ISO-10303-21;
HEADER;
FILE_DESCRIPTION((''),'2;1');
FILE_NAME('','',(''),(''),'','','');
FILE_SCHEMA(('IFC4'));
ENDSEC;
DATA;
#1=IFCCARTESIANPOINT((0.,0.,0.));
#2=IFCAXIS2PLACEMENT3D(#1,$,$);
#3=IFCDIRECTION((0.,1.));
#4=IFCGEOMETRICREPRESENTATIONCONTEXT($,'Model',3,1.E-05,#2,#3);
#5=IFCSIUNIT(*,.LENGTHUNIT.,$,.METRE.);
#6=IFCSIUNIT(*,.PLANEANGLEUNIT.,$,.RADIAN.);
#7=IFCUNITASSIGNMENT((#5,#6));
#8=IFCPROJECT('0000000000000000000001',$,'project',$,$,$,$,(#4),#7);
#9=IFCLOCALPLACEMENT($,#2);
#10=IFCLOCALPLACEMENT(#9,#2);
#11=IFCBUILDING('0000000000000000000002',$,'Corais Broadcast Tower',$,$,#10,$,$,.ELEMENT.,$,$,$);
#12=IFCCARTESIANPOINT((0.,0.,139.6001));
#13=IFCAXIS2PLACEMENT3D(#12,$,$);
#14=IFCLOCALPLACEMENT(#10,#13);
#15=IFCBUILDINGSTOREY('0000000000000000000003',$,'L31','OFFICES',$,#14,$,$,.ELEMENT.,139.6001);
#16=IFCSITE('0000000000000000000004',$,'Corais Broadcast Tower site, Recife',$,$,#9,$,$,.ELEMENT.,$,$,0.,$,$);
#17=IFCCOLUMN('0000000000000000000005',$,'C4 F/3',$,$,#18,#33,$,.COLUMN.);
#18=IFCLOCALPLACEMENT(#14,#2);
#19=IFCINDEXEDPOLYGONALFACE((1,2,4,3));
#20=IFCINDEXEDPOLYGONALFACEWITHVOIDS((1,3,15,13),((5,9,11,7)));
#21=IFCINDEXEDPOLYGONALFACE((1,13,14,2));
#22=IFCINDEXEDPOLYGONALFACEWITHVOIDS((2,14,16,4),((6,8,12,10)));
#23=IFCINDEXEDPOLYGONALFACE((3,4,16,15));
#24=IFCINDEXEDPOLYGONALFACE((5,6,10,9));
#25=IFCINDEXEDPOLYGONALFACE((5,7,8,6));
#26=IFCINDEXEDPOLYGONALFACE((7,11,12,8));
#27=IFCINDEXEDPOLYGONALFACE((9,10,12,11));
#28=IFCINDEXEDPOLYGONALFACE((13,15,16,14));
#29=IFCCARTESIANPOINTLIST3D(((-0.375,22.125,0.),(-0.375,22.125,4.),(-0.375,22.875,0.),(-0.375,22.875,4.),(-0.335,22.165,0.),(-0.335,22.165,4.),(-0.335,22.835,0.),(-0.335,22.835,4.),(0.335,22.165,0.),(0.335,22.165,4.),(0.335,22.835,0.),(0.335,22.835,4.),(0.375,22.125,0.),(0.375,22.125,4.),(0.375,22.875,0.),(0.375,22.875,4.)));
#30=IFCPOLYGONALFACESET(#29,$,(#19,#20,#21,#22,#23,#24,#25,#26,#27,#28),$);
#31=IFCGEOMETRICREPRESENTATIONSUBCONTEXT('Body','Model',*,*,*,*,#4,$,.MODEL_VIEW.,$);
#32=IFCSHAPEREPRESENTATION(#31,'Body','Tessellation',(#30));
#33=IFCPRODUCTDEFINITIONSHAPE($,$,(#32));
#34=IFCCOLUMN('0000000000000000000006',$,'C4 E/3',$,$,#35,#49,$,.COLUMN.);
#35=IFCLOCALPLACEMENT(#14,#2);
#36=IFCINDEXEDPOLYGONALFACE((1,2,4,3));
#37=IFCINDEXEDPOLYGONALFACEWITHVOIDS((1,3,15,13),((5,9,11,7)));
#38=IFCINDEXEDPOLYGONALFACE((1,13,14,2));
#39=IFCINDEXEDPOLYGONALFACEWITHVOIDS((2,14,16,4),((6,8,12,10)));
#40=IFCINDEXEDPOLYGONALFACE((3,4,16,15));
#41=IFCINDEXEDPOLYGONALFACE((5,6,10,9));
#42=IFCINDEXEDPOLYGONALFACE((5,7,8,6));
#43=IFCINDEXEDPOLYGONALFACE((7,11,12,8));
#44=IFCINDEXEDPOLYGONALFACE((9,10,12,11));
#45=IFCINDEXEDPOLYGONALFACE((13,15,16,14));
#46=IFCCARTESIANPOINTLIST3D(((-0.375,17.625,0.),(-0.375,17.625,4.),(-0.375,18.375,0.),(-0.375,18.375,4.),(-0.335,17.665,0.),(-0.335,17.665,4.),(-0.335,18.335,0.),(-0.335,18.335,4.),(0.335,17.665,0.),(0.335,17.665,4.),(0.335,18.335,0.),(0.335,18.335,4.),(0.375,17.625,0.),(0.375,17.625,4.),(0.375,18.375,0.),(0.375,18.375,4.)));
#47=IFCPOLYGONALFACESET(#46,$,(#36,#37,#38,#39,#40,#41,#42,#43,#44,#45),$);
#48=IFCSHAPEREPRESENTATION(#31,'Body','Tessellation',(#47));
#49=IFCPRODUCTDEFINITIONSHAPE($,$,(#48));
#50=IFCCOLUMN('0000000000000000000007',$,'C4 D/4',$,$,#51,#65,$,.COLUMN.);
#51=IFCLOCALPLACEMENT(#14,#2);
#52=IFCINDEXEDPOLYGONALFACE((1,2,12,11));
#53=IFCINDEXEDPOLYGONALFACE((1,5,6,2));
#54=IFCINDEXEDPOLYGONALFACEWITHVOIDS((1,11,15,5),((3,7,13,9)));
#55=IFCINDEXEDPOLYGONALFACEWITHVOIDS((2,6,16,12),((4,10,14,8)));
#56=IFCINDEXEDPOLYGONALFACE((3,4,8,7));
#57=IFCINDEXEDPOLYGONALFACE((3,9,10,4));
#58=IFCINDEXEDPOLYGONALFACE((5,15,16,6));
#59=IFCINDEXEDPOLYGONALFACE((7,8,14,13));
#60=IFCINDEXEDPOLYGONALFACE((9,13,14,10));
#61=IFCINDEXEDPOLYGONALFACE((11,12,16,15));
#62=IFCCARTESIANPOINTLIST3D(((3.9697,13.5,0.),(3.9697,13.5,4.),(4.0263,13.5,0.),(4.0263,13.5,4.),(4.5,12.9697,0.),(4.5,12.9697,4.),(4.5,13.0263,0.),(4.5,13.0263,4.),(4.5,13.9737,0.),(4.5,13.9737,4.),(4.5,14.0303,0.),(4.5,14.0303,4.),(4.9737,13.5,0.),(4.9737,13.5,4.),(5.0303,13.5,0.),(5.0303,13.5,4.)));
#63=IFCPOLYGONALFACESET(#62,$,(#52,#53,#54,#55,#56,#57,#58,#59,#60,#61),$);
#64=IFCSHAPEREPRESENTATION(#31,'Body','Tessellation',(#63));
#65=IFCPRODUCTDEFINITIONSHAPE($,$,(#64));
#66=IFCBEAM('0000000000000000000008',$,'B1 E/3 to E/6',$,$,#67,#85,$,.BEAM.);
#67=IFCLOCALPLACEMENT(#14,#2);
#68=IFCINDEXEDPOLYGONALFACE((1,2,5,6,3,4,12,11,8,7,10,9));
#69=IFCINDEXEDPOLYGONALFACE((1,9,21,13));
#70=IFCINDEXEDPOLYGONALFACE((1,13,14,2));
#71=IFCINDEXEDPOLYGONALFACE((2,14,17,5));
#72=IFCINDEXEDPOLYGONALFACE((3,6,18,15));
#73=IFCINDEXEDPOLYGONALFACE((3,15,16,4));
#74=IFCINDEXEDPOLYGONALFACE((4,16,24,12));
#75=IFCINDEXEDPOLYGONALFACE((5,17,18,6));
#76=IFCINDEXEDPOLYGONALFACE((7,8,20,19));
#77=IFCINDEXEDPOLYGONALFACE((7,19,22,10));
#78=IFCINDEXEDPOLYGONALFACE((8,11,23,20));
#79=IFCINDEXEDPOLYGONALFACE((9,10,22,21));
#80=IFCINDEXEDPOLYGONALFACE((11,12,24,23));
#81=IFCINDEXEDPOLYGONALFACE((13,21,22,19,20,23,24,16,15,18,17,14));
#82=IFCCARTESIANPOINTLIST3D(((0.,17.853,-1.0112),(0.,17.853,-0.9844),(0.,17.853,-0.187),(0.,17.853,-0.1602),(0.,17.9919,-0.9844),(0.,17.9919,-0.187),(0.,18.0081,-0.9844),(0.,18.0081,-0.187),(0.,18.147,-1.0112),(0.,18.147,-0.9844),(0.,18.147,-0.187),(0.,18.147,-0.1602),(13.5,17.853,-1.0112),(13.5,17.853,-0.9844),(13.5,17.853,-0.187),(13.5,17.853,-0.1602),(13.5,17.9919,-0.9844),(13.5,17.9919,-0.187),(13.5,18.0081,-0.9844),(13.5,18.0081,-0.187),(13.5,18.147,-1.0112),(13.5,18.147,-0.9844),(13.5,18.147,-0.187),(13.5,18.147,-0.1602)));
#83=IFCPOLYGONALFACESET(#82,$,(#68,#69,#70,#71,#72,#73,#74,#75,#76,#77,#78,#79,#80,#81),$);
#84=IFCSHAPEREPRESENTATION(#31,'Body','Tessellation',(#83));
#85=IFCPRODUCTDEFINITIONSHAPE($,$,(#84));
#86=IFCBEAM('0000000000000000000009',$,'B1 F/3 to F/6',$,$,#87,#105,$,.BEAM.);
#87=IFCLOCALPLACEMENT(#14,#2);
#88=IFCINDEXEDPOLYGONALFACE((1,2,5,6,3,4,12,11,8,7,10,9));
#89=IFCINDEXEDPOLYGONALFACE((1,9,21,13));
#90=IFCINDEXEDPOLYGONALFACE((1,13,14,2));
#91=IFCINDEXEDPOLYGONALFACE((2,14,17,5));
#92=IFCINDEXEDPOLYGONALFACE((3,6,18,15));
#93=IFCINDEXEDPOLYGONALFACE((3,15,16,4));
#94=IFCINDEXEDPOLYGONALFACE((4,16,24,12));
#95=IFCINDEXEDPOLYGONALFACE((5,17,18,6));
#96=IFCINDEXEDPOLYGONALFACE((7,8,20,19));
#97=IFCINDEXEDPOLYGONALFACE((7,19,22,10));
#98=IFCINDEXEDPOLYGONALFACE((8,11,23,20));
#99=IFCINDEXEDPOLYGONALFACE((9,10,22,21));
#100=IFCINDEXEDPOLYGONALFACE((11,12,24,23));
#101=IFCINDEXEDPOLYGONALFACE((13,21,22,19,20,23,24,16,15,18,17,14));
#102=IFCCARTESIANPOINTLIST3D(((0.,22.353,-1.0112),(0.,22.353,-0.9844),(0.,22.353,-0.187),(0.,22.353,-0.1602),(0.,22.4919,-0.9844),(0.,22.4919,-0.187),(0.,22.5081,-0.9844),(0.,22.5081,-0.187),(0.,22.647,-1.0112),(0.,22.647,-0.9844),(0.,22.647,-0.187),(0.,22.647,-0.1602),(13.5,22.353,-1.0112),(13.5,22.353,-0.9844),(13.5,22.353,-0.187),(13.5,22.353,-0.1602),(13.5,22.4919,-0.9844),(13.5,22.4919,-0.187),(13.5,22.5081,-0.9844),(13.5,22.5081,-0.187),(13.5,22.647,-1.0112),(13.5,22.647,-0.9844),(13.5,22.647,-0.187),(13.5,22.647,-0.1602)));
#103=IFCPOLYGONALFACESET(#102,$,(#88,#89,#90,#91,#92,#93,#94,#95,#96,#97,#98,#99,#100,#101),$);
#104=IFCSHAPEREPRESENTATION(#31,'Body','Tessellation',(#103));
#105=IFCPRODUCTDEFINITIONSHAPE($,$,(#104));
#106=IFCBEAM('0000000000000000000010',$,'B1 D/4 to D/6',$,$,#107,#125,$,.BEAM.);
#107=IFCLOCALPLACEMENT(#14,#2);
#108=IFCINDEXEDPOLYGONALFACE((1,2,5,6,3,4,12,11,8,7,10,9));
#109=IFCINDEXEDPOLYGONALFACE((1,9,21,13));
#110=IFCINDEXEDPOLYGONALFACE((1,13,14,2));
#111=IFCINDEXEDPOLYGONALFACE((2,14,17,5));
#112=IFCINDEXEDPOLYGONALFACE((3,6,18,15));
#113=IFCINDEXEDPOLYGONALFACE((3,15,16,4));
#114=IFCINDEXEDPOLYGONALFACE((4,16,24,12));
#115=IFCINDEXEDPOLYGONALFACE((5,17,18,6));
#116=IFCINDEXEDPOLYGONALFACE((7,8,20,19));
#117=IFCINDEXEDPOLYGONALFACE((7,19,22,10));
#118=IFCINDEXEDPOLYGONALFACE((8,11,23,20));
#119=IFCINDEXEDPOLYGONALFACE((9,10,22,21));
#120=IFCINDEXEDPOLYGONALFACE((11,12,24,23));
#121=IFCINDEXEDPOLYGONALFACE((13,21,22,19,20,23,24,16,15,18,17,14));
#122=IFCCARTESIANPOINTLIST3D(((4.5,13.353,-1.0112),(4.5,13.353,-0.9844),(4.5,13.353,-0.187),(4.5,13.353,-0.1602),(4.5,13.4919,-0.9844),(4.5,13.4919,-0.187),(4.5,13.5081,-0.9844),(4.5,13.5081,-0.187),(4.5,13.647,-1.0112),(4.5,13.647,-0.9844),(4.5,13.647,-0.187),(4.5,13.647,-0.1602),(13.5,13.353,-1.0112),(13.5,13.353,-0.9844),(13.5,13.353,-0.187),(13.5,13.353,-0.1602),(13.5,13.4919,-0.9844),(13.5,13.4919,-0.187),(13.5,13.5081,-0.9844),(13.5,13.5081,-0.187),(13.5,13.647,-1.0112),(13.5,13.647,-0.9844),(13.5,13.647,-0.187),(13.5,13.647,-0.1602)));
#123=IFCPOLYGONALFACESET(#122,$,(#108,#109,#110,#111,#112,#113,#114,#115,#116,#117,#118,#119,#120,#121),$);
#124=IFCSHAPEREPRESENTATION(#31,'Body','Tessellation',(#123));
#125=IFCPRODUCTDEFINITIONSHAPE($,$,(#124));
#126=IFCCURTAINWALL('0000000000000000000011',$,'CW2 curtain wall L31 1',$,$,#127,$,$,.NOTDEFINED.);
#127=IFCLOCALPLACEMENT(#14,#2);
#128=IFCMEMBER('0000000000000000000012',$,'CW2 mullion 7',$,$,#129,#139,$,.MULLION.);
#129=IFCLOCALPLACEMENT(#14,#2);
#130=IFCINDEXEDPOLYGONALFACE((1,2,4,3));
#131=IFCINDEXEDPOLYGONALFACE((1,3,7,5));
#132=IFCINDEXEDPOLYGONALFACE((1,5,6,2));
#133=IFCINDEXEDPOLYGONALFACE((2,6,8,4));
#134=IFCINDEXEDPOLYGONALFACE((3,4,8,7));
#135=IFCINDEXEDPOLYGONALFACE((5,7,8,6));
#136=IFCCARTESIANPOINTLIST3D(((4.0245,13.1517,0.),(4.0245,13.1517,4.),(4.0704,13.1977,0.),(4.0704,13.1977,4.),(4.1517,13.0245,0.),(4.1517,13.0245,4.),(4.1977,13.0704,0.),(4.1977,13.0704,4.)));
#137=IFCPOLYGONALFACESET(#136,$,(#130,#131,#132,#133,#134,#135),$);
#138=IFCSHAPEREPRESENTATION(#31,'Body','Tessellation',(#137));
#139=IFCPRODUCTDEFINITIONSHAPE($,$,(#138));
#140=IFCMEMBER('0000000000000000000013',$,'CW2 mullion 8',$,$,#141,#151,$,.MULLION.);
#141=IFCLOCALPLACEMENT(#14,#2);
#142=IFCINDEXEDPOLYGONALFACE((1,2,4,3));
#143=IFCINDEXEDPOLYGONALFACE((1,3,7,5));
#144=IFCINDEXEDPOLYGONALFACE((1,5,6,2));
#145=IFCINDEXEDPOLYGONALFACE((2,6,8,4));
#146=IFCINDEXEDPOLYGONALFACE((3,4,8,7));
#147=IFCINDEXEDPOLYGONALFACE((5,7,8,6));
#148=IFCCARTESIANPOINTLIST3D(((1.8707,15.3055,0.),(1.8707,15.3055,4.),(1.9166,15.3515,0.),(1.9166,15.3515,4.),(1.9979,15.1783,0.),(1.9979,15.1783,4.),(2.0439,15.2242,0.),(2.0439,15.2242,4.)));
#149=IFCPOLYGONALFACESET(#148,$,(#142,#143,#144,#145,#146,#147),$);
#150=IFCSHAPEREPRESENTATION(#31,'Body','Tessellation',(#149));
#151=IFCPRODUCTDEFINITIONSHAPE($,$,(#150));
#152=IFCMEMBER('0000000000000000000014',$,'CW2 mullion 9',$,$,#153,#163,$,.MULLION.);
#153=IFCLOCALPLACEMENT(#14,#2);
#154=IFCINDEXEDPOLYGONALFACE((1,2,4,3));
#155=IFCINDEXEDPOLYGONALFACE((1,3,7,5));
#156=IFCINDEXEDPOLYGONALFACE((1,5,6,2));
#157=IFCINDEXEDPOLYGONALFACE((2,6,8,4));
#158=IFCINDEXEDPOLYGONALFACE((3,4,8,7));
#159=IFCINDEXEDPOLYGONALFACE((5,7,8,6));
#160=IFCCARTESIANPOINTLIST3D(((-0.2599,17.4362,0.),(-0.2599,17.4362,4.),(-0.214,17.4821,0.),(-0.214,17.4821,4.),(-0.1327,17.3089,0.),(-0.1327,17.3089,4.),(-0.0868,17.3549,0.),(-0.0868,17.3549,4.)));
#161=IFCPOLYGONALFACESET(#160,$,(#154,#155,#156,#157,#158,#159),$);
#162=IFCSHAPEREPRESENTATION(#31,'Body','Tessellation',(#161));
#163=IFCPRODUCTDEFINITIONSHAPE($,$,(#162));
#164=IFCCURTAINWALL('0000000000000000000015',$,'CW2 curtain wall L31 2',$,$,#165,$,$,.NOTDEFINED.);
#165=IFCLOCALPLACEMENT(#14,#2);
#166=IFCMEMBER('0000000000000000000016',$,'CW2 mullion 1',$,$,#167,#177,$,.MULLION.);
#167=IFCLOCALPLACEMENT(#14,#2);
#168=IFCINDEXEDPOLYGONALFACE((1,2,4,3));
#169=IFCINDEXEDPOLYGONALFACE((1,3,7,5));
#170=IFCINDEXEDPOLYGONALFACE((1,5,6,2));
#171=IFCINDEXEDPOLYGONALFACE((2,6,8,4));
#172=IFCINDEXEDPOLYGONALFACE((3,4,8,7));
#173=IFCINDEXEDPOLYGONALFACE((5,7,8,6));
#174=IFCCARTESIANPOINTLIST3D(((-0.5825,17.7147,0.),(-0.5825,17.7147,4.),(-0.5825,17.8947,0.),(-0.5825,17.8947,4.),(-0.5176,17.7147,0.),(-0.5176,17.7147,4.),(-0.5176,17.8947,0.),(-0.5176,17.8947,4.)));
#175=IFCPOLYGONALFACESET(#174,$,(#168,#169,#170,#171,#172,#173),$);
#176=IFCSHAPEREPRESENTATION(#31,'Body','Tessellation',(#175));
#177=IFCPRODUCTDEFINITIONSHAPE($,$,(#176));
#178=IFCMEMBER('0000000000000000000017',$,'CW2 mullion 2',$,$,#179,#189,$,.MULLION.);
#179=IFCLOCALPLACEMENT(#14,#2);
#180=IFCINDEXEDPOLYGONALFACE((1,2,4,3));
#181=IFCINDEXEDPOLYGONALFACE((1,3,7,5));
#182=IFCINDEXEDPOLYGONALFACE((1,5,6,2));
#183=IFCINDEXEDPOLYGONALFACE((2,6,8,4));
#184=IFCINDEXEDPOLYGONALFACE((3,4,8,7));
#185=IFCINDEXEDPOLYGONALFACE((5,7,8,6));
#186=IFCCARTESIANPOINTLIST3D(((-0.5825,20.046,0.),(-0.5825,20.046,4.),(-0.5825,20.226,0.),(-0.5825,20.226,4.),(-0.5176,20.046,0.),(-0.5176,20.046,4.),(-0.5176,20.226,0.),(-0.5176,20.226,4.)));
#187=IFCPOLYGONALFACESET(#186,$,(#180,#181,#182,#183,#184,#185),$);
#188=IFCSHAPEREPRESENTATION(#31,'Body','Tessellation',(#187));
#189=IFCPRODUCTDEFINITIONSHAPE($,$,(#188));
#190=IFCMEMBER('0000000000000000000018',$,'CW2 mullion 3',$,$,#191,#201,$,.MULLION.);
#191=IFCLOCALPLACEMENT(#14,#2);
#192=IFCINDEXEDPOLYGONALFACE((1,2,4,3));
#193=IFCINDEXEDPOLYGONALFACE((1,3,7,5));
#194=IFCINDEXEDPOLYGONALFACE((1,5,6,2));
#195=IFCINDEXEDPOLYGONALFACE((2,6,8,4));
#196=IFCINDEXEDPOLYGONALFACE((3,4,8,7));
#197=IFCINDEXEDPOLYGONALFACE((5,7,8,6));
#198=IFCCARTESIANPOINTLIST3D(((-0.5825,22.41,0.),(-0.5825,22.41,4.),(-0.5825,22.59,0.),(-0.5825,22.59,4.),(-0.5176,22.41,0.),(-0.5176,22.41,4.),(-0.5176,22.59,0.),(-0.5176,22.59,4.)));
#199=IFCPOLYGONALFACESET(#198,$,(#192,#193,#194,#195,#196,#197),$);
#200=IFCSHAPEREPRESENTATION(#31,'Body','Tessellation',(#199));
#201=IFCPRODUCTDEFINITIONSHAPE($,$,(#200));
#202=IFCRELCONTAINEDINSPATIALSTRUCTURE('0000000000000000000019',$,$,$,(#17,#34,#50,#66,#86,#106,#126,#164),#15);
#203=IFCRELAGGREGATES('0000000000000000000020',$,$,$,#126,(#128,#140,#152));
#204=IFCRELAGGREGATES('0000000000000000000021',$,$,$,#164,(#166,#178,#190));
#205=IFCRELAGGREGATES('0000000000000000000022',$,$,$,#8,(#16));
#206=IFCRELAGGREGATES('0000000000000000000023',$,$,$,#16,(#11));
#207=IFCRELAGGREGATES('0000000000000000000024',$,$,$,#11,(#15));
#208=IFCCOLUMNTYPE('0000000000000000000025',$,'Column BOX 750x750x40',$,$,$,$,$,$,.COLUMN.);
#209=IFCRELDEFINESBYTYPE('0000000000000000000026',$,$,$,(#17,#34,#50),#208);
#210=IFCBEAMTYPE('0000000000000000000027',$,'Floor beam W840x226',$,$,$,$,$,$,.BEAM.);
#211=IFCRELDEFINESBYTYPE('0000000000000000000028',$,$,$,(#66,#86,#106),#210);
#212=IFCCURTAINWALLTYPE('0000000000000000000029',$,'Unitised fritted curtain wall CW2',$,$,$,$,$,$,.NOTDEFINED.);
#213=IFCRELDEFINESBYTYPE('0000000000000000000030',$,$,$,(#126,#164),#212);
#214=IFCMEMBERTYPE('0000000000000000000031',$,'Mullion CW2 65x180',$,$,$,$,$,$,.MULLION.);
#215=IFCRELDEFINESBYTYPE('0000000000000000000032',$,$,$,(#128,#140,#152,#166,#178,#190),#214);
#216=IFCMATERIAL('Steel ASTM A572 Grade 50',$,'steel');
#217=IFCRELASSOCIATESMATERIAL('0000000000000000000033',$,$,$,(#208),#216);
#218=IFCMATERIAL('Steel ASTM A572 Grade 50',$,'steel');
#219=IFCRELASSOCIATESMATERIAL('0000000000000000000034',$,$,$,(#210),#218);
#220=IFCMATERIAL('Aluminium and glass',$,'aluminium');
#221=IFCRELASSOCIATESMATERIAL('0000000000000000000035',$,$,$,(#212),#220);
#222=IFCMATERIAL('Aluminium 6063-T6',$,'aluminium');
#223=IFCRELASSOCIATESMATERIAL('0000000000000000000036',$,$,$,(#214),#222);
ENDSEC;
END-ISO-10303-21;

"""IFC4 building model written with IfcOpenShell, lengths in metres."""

from ifc_helpers import new_model, si_unit, direction, frame, origin, origin_2d, place, context, subcontext, project, spatial, rectangle, hollow_rectangle, i_section, extrude, material, material_profile, profile_set, type_object, element, aggregate, save


model = new_model("IFC4")

# Units and contexts
model_context = context("Model", 3, precision=1e-05, world=origin(), true_north=direction((0.0, 1.0)))
body_context = subcontext(model_context, "Body", "Model", "MODEL_VIEW")
ifc_project = project(units=[si_unit("LENGTHUNIT", "METRE"), si_unit("PLANEANGLEUNIT", "RADIAN")], contexts=[model_context])

# Site, building, storey
site_placement = place(None, origin())
site = spatial("IfcSite", under=ifc_project, at=site_placement, Name="Corais Broadcast Tower site, Recife", CompositionType="ELEMENT", RefElevation=0.0)
building_placement = place(site_placement, origin())
building = spatial("IfcBuilding", under=site, at=building_placement, Name="Corais Broadcast Tower", CompositionType="ELEMENT")
storey_placement = place(building_placement, frame((0.0, 0.0, 139.6001)))
storey = spatial("IfcBuildingStorey", under=building, at=storey_placement, Name="L31", Description="OFFICES", CompositionType="ELEMENT", Elevation=139.6001)

# Columns
ifc_material_1 = material(Name="Steel ASTM A572 Grade 50", Category="steel")
ifc_material_profile_1 = material_profile(ifc_material_1, hollow_rectangle(XDim=0.75, YDim=0.75, WallThickness=0.04, at=origin_2d()), Name="BOX 750x750x40")
ifc_profile_set_1 = profile_set([ifc_material_profile_1], Name="Steel ASTM A572 Grade 50")
column_type = type_object("IfcColumnType", Name="Column BOX 750x750x40", PredefinedType="COLUMN", material=ifc_profile_set_1)
for number, where, z_axis, x_axis, name in (
    (1, (0.0, 22.5, 0.0), (0.0, 0.0, 1.0), (1.0, 0.0, 0.0), "C4 F/3"),
    (2, (0.0, 18.0, 0.0), (0.0, 0.0, 1.0), (1.0, 0.0, 0.0), "C4 E/3"),
    (3, (4.5, 13.5, 0.0), (0.0, 0.0, 1.0), (0.707107, 0.707107, 0.0), "C4 D/4"),
):
    element("IfcColumn", number, at=place(storey_placement, frame(where, z_axis=z_axis, x_axis=x_axis)), inside=storey, type_object=column_type, Name=name, PredefinedType="COLUMN", context=body_context, shape_type="SweptSolid", body=[
        extrude(hollow_rectangle(XDim=0.75, YDim=0.75, WallThickness=0.04, at=origin_2d()), origin(), (0.0, 0.0, 1.0), 4.0),
    ])

# Beams
ifc_material_2 = material(Name="Steel ASTM A572 Grade 50", Category="steel")
ifc_material_profile_2 = material_profile(ifc_material_2, i_section(OverallWidth=0.2939, OverallDepth=0.8511, WebThickness=0.0161, FlangeThickness=0.0269, at=origin_2d()), Name="W840x226")
ifc_profile_set_2 = profile_set([ifc_material_profile_2], Name="Steel ASTM A572 Grade 50")
beam_type_1 = type_object("IfcBeamType", Name="Floor beam W840x226", PredefinedType="BEAM", material=ifc_profile_set_2)
for number, where, z_axis, x_axis, name in (
    (4, (0.0, 18.0, -0.5857), (1.0, 0.0, 0.0), (0.0, 1.0, 0.0), "B1 E/3 to E/6"),
    (5, (0.0, 22.5, -0.5857), (1.0, 0.0, 0.0), (0.0, 1.0, 0.0), "B1 F/3 to F/6"),
):
    element("IfcBeam", number, at=place(storey_placement, frame(where, z_axis=z_axis, x_axis=x_axis)), inside=storey, type_object=beam_type_1, Name=name, PredefinedType="BEAM", context=body_context, shape_type="SweptSolid", body=[
        extrude(i_section(OverallWidth=0.2939, OverallDepth=0.8511, WebThickness=0.0161, FlangeThickness=0.0269, at=origin_2d()), origin(), (0.0, 0.0, 1.0), 13.5),
    ])
beam_1_placement = place(storey_placement, frame((4.5, 13.5, -0.5857), z_axis=(1.0, 0.0, 0.0), x_axis=(0.0, 1.0, 0.0)))
element("IfcBeam", 6, at=beam_1_placement, inside=storey, type_object=beam_type_1, Name="B1 D/4 to D/6", PredefinedType="BEAM", context=body_context, shape_type="SweptSolid", body=[
    extrude(i_section(OverallWidth=0.2939, OverallDepth=0.8511, WebThickness=0.0161, FlangeThickness=0.0269, at=origin_2d()), origin(), (0.0, 0.0, 1.0), 9.0),
])

# Curtain walls, members
ifc_material_3 = material(Name="Aluminium and glass", Category="aluminium")
curtain_wall_type = type_object("IfcCurtainWallType", Name="Unitised fritted curtain wall CW2", PredefinedType="NOTDEFINED", material=ifc_material_3)
curtain_wall_1_placement = place(storey_placement, origin())
curtain_wall_1 = element("IfcCurtainWall", 7, at=curtain_wall_1_placement, inside=storey, type_object=curtain_wall_type, Name="CW2 curtain wall L31 1", PredefinedType="NOTDEFINED")
ifc_material_4 = material(Name="Aluminium 6063-T6", Category="aluminium")
ifc_material_profile_3 = material_profile(ifc_material_4, rectangle(XDim=0.0649, YDim=0.1799, at=origin_2d()), Name="Mullion CW2 65x180")
ifc_profile_set_3 = profile_set([ifc_material_profile_3], Name="Aluminium 6063-T6")
member_type_1 = type_object("IfcMemberType", Name="Mullion CW2 65x180", PredefinedType="MULLION", material=ifc_profile_set_3)
member_1_placement = place(storey_placement, frame((4.1111, 13.1111, 0.0), z_axis=(0.0, 0.0, 1.0), x_axis=(-0.707107, -0.707107, 0.0)))
member_1 = element("IfcMember", 8, at=member_1_placement, type_object=member_type_1, Name="CW2 mullion 7", PredefinedType="MULLION", context=body_context, shape_type="SweptSolid", body=[
    extrude(rectangle(XDim=0.0649, YDim=0.1799, at=origin_2d()), origin(), (0.0, 0.0, 1.0), 4.0),
])
member_2_placement = place(storey_placement, frame((1.9573, 15.2649, 0.0), z_axis=(0.0, 0.0, 1.0), x_axis=(-0.707107, -0.707107, 0.0)))
member_2 = element("IfcMember", 9, at=member_2_placement, type_object=member_type_1, Name="CW2 mullion 8", PredefinedType="MULLION", context=body_context, shape_type="SweptSolid", body=[
    extrude(rectangle(XDim=0.0649, YDim=0.1799, at=origin_2d()), origin(), (0.0, 0.0, 1.0), 4.0),
])
member_3_placement = place(storey_placement, frame((-0.1733, 17.3955, 0.0), z_axis=(0.0, 0.0, 1.0), x_axis=(-0.707107, -0.707107, 0.0)))
member_3 = element("IfcMember", 10, at=member_3_placement, type_object=member_type_1, Name="CW2 mullion 9", PredefinedType="MULLION", context=body_context, shape_type="SweptSolid", body=[
    extrude(rectangle(XDim=0.0649, YDim=0.1799, at=origin_2d()), origin(), (0.0, 0.0, 1.0), 4.0),
])
curtain_wall_2_placement = place(storey_placement, origin())
curtain_wall_2 = element("IfcCurtainWall", 11, at=curtain_wall_2_placement, inside=storey, type_object=curtain_wall_type, Name="CW2 curtain wall L31 2", PredefinedType="NOTDEFINED")
member_4_placement = place(storey_placement, frame((-0.55, 17.8047, 0.0), z_axis=(0.0, 0.0, 1.0), x_axis=(-1.0, 0.0, 0.0)))
member_4 = element("IfcMember", 12, at=member_4_placement, type_object=member_type_1, Name="CW2 mullion 1", PredefinedType="MULLION", context=body_context, shape_type="SweptSolid", body=[
    extrude(rectangle(XDim=0.0649, YDim=0.1799, at=origin_2d()), origin(), (0.0, 0.0, 1.0), 4.0),
])
member_5_placement = place(storey_placement, frame((-0.55, 20.136, 0.0), z_axis=(0.0, 0.0, 1.0), x_axis=(-1.0, 0.0, 0.0)))
member_5 = element("IfcMember", 13, at=member_5_placement, type_object=member_type_1, Name="CW2 mullion 2", PredefinedType="MULLION", context=body_context, shape_type="SweptSolid", body=[
    extrude(rectangle(XDim=0.0649, YDim=0.1799, at=origin_2d()), origin(), (0.0, 0.0, 1.0), 4.0),
])
member_6_placement = place(storey_placement, frame((-0.55, 22.5, 0.0), z_axis=(0.0, 0.0, 1.0), x_axis=(-1.0, 0.0, 0.0)))
member_6 = element("IfcMember", 14, at=member_6_placement, type_object=member_type_1, Name="CW2 mullion 3", PredefinedType="MULLION", context=body_context, shape_type="SweptSolid", body=[
    extrude(rectangle(XDim=0.0649, YDim=0.1799, at=origin_2d()), origin(), (0.0, 0.0, 1.0), 4.0),
])

aggregate(curtain_wall_1, [member_1, member_2, member_3])
aggregate(curtain_wall_2, [member_4, member_5, member_6])

save(model, "model.ifc")
